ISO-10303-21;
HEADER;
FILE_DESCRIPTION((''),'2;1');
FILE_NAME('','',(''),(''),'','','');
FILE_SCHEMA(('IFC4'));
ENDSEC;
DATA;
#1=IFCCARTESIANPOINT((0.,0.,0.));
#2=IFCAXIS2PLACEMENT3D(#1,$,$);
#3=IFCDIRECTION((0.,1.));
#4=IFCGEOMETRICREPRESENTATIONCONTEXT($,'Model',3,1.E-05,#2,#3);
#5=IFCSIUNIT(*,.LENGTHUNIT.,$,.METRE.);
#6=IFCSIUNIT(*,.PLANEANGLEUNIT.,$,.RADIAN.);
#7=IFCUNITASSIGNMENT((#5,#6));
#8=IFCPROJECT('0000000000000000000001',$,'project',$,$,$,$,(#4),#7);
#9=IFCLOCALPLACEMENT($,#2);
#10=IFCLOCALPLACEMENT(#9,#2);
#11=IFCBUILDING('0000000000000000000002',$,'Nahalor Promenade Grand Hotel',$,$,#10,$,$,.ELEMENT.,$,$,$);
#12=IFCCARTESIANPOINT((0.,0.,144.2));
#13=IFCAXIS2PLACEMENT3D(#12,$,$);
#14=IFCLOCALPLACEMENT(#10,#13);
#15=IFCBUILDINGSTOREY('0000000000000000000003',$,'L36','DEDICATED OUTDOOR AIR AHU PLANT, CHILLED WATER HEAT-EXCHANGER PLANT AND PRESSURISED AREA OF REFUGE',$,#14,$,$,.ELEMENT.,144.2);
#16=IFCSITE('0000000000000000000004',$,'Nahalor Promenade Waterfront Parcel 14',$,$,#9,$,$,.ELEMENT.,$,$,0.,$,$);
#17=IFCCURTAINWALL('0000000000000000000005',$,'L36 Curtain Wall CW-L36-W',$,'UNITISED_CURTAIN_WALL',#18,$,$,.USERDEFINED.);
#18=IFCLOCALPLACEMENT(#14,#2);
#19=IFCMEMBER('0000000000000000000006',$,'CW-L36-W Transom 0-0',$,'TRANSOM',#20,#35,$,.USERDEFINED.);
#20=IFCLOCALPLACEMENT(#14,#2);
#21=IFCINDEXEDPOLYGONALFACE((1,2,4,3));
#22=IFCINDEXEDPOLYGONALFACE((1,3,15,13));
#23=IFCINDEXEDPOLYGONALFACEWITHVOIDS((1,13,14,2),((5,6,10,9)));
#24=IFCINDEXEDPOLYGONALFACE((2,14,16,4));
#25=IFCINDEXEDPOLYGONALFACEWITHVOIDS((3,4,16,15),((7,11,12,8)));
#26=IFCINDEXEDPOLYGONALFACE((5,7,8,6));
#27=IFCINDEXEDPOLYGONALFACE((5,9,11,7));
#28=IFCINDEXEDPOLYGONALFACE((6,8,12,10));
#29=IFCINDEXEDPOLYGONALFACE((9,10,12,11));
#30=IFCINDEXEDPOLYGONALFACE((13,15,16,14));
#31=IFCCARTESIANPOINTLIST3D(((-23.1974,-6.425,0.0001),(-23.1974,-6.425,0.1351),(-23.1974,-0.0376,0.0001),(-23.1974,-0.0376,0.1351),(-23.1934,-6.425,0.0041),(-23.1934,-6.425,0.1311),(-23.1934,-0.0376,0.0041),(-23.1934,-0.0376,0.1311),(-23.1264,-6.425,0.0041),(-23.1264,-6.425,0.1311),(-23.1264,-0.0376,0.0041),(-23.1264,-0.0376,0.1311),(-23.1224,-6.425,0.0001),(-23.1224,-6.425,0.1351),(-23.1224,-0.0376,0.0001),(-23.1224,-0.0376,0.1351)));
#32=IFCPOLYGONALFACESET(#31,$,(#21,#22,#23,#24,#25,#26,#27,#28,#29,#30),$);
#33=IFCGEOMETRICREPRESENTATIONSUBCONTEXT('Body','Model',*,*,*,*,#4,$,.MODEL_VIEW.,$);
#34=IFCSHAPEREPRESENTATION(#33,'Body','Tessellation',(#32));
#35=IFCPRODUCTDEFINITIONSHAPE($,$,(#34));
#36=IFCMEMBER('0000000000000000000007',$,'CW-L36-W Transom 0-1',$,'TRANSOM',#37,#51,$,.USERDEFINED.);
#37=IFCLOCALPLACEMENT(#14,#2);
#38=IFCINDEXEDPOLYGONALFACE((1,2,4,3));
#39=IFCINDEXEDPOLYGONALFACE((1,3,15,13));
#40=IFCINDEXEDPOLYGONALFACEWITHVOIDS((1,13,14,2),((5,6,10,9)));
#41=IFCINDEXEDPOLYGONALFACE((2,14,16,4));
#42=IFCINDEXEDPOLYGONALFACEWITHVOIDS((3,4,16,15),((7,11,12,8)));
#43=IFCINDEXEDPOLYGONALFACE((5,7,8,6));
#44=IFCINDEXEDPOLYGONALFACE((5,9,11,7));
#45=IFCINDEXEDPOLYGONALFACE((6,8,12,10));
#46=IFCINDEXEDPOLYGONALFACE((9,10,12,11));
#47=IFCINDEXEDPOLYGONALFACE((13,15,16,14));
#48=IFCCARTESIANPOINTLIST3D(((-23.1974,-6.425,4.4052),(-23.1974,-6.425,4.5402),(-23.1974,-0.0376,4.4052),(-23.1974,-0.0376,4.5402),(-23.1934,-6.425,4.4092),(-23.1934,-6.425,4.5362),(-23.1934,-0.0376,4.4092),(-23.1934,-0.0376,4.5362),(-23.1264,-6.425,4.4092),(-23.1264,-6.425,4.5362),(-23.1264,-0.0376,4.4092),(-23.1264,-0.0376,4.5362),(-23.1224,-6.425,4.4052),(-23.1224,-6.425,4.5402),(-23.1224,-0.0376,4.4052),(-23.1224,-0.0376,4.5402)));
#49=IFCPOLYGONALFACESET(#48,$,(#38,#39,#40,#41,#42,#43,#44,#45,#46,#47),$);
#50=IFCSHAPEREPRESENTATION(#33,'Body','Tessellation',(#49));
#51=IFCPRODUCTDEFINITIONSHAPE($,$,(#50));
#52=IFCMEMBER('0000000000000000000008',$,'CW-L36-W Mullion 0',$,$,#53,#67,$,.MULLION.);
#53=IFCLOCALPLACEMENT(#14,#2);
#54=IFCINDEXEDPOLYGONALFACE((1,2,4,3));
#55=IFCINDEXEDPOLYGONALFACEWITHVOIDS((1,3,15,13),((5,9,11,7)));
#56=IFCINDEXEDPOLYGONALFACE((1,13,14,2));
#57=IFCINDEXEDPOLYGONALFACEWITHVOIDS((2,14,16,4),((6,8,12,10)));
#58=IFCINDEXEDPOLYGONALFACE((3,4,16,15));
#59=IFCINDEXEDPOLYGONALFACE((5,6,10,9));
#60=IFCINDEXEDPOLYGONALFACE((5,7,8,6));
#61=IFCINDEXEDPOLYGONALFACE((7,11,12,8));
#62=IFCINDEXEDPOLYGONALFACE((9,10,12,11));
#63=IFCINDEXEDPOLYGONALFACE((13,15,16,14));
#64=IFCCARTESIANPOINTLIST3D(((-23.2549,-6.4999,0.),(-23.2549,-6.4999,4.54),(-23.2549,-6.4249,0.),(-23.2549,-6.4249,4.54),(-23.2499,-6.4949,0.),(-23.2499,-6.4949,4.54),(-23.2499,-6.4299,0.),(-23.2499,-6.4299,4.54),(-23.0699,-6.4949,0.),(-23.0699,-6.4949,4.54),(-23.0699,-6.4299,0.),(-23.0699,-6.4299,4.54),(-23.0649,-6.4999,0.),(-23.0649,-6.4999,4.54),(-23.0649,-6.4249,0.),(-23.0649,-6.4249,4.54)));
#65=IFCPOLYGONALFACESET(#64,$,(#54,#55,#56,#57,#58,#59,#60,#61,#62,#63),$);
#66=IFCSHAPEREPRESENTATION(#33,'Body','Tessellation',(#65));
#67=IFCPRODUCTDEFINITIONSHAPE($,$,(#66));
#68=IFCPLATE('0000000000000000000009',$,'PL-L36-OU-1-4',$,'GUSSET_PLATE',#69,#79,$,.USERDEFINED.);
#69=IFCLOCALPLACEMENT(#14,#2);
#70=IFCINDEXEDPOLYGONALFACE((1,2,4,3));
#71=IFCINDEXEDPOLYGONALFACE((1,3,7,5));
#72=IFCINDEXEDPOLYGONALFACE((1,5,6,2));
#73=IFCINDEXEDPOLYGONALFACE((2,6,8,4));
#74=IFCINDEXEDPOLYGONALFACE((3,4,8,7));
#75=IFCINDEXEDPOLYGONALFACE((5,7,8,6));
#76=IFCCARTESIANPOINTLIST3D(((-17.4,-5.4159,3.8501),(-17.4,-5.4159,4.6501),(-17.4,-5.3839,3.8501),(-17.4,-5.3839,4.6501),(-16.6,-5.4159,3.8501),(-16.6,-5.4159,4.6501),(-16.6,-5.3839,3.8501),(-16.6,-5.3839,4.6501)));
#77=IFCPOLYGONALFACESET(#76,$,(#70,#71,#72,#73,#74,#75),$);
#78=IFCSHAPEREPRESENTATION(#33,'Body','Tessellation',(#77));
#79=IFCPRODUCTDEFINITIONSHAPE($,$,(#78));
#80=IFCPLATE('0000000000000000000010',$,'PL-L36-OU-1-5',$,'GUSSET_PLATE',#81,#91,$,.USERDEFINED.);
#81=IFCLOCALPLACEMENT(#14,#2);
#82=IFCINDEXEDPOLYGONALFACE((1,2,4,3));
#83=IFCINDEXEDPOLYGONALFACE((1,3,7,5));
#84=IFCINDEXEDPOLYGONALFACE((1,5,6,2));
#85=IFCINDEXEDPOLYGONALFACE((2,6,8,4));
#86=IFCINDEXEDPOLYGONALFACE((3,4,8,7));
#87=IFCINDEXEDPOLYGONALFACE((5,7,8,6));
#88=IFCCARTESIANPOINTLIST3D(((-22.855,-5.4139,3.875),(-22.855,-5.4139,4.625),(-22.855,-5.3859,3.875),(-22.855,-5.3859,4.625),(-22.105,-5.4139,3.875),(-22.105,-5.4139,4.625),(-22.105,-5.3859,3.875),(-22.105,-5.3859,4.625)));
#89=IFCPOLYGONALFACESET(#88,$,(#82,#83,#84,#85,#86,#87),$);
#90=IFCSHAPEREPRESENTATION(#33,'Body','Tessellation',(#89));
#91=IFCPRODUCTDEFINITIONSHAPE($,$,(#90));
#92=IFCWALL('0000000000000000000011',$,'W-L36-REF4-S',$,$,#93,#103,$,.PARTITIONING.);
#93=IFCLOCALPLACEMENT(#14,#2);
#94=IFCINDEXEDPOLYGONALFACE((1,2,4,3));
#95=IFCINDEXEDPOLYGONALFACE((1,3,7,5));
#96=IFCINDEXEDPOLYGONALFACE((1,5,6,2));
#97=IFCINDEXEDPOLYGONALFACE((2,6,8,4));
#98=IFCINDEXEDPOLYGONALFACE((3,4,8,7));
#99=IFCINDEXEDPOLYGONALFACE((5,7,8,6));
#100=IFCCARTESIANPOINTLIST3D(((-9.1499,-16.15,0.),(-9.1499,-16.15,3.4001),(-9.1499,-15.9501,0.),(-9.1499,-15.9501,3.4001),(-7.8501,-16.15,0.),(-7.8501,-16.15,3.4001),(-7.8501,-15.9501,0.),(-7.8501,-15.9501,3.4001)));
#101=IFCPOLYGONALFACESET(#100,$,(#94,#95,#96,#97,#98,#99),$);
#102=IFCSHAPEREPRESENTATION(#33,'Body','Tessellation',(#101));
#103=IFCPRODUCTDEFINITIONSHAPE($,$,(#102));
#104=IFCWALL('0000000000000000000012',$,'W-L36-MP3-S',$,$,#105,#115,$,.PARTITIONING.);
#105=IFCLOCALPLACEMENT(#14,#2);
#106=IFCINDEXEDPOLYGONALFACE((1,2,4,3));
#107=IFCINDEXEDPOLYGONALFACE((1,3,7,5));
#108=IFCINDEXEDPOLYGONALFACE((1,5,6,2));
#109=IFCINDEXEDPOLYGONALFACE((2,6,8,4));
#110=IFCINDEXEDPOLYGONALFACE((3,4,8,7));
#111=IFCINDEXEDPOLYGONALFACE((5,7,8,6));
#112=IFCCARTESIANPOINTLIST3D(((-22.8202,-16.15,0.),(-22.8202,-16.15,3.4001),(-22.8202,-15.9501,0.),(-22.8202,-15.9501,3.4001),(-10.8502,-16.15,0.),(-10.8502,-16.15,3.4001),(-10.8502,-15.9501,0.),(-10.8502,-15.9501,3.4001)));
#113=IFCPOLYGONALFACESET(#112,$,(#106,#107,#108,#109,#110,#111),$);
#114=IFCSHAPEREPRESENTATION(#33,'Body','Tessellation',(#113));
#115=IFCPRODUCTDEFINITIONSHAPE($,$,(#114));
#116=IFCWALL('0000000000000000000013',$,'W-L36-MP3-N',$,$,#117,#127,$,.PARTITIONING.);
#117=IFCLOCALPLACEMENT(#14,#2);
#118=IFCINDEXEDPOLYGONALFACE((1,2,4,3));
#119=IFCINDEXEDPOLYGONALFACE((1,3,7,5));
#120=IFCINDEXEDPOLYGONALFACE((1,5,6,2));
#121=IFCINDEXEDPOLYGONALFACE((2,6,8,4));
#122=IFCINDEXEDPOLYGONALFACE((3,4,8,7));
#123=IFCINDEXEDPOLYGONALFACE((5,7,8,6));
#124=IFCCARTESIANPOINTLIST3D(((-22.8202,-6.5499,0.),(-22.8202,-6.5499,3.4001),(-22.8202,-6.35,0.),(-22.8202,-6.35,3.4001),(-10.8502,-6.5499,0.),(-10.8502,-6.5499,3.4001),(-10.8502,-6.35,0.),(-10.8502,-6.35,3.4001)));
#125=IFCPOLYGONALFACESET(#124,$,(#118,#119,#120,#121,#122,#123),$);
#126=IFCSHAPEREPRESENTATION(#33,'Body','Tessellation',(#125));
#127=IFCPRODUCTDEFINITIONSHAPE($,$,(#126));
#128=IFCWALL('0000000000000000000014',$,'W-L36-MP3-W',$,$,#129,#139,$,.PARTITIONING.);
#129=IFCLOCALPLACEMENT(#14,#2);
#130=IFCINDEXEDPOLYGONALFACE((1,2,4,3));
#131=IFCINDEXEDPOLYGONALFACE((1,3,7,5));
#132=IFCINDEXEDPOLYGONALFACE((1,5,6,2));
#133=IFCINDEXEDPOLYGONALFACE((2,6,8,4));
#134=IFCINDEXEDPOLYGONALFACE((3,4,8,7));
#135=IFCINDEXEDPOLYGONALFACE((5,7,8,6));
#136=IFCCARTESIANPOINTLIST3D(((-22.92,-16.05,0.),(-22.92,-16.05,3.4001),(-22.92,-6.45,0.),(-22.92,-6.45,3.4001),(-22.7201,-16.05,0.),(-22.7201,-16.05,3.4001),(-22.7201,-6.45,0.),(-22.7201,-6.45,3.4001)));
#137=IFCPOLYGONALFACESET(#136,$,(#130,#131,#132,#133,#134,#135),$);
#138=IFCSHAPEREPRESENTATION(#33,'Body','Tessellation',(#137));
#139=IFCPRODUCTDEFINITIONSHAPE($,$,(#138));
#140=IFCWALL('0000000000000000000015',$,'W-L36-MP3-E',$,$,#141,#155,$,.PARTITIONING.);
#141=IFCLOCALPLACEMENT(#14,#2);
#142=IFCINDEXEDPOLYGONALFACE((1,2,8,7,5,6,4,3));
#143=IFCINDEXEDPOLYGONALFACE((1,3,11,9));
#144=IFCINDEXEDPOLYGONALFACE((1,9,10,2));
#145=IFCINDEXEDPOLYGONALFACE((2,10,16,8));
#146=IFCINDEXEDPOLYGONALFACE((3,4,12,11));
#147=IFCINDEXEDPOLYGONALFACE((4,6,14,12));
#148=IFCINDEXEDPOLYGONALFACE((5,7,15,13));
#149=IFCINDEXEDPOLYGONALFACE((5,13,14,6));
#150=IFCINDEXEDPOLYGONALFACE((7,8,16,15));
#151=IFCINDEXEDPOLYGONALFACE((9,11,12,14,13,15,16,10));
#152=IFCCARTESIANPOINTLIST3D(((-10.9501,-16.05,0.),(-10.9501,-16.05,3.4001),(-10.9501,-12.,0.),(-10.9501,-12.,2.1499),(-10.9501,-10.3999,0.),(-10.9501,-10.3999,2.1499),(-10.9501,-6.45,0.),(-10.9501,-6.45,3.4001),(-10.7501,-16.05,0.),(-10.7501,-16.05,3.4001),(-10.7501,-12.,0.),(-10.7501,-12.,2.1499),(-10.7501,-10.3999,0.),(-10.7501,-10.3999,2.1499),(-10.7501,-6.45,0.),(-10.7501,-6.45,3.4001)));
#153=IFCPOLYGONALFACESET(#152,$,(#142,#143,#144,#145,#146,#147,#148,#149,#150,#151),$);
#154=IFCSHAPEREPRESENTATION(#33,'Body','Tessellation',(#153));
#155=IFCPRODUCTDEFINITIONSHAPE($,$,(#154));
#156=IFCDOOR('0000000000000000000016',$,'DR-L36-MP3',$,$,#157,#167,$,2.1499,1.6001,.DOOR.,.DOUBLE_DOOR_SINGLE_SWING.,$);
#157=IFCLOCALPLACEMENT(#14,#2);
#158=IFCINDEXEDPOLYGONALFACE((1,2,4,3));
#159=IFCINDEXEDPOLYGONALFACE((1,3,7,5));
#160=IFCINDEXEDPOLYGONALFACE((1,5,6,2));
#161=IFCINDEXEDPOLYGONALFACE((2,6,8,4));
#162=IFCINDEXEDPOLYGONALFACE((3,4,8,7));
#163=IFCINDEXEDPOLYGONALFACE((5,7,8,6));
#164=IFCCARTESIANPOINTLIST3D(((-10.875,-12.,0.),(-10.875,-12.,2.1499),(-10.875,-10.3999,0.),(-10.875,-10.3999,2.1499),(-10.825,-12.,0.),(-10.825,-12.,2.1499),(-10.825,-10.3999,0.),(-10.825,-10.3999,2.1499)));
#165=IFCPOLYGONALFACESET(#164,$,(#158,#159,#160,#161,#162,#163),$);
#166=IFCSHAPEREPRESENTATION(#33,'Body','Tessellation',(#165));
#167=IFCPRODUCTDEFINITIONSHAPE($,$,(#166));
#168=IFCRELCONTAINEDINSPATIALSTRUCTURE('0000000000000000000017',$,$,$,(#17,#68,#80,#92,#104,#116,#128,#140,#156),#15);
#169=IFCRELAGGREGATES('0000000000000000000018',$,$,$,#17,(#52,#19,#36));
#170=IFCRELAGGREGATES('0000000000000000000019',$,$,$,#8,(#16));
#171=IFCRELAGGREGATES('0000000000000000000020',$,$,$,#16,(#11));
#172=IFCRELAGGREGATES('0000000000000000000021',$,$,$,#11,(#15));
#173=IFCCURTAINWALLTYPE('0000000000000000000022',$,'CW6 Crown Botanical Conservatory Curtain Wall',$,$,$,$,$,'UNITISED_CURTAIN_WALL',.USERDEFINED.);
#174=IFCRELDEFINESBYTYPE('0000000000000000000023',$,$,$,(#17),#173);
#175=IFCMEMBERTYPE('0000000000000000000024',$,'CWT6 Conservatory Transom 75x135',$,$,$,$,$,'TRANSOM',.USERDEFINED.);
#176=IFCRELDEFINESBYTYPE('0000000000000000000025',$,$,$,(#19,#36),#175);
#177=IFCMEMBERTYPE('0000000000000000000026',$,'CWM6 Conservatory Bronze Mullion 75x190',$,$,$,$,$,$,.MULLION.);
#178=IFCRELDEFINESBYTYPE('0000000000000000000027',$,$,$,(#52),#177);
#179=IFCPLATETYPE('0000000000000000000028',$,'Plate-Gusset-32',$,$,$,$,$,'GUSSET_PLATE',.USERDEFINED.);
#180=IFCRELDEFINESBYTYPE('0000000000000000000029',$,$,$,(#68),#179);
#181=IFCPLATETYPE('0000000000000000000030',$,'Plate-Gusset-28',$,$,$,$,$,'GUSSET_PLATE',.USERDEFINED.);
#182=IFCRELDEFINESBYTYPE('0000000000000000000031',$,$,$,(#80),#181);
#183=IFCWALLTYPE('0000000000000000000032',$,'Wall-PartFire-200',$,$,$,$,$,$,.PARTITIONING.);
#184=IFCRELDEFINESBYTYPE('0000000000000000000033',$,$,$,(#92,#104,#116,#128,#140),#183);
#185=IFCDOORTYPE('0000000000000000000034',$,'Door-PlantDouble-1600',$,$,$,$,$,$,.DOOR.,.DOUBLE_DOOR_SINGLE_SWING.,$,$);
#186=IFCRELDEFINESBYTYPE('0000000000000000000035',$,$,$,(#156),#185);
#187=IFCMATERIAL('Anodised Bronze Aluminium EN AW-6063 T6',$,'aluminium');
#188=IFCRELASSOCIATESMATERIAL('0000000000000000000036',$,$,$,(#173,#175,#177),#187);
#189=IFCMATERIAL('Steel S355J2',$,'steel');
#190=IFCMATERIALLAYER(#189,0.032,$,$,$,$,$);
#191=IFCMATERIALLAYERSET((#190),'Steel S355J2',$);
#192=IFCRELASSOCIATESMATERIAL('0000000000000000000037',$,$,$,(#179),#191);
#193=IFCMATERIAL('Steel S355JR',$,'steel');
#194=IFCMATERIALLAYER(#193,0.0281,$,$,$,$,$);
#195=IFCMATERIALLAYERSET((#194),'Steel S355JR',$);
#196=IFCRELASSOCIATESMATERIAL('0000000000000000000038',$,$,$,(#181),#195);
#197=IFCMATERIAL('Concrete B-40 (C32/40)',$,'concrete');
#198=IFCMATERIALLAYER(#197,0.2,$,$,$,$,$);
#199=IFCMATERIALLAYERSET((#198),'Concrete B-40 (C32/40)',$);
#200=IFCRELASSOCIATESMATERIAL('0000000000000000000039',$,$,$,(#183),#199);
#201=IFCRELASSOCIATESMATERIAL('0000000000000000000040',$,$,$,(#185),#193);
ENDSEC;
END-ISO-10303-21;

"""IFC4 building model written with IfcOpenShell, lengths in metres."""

from ifc_helpers import new_model, si_unit, direction, frame, frame_2d, origin, origin_2d, place, context, subcontext, project, spatial, rectangle, hollow_rectangle, extrude, source, transform, mapped, material, layer, layer_set, material_profile, profile_set, type_object, element, fill, aggregate, save


model = new_model("IFC4")

# Units and contexts
model_context = context("Model", 3, precision=1e-05, world=origin(), true_north=direction((0.0, 1.0)))
body_context = subcontext(model_context, "Body", "Model", "MODEL_VIEW")
ifc_project = project(units=[si_unit("LENGTHUNIT", "METRE"), si_unit("PLANEANGLEUNIT", "RADIAN")], contexts=[model_context])

# Site, building, storey
site_placement = place(None, origin())
site = spatial("IfcSite", under=ifc_project, at=site_placement, Name="Nahalor Promenade Waterfront Parcel 14", CompositionType="ELEMENT", RefElevation=0.0)
building_placement = place(site_placement, origin())
building = spatial("IfcBuilding", under=site, at=building_placement, Name="Nahalor Promenade Grand Hotel", CompositionType="ELEMENT")
storey_placement = place(building_placement, frame((0.0, 0.0, 144.2)))
storey = spatial("IfcBuildingStorey", under=building, at=storey_placement, Name="L36", Description="DEDICATED OUTDOOR AIR AHU PLANT, CHILLED WATER HEAT-EXCHANGER PLANT AND PRESSURISED AREA OF REFUGE", CompositionType="ELEMENT", Elevation=144.2)

# Shared definitions
ifc_material_1 = material(Name="Steel S355J2", Category="steel")

# Shared definitions
ifc_material_2 = material(Name="Steel S355JR", Category="steel")

# Curtain wall, members
ifc_material_3 = material(Name="Anodised Bronze Aluminium EN AW-6063 T6", Category="aluminium")
curtain_wall_type = type_object("IfcCurtainWallType", Name="CW6 Crown Botanical Conservatory Curtain Wall", ElementType="UNITISED_CURTAIN_WALL", PredefinedType="USERDEFINED", material=ifc_material_3)
curtain_wall_placement = place(storey_placement, origin())
curtain_wall = element("IfcCurtainWall", 1, at=curtain_wall_placement, inside=storey, type_object=curtain_wall_type, Name="L36 Curtain Wall CW-L36-W", ObjectType="UNITISED_CURTAIN_WALL", PredefinedType="USERDEFINED")
ifc_material_profile_1 = material_profile(ifc_material_3, hollow_rectangle(XDim=0.075, YDim=0.135, WallThickness=0.004, at=origin_2d()), Name="CWT 75x135x4")
ifc_profile_set_1 = profile_set([ifc_material_profile_1], Name="Anodised Bronze Aluminium EN AW-6063 T6")
member_type_1 = type_object("IfcMemberType", Name="CWT6 Conservatory Transom 75x135", ElementType="TRANSOM", PredefinedType="USERDEFINED", material=ifc_profile_set_1)
shared_shape_1 = source(origin(), body_context, "Body", "SweptSolid", [
    extrude(hollow_rectangle(XDim=0.075, YDim=0.135, WallThickness=0.004, at=origin_2d()), origin(), (0.0, 0.0, 1.0), 6.3875),
])
member_1_placement = place(storey_placement, frame((-23.1599, -6.425, 0.0676), z_axis=(0.0, 1.0, 0.0), x_axis=(-1.0, 0.0, 0.0)))
member_1 = element("IfcMember", 2, at=member_1_placement, type_object=member_type_1, Name="CW-L36-W Transom 0-0", ObjectType="TRANSOM", PredefinedType="USERDEFINED", context=body_context, shape_type="MappedRepresentation", body=[
    mapped(shared_shape_1, transform((0.0, 0.0, 0.0), scale=1.0)),
])
member_2_placement = place(storey_placement, frame((-23.1599, -6.425, 4.4727), z_axis=(0.0, 1.0, 0.0), x_axis=(-1.0, 0.0, 0.0)))
member_2 = element("IfcMember", 3, at=member_2_placement, type_object=member_type_1, Name="CW-L36-W Transom 0-1", ObjectType="TRANSOM", PredefinedType="USERDEFINED", context=body_context, shape_type="MappedRepresentation", body=[
    mapped(shared_shape_1, transform((0.0, 0.0, 0.0), scale=1.0)),
])
ifc_material_profile_2 = material_profile(ifc_material_3, hollow_rectangle(XDim=0.075, YDim=0.19, WallThickness=0.005, at=origin_2d()), Name="CWM 75x190x5")
ifc_profile_set_2 = profile_set([ifc_material_profile_2], Name="Anodised Bronze Aluminium EN AW-6063 T6")
member_type_2 = type_object("IfcMemberType", Name="CWM6 Conservatory Bronze Mullion 75x190", PredefinedType="MULLION", material=ifc_profile_set_2)
shared_shape_2 = source(origin(), body_context, "Body", "SweptSolid", [
    extrude(hollow_rectangle(XDim=0.075, YDim=0.19, WallThickness=0.005, at=origin_2d()), origin(), (0.0, 0.0, 1.0), 4.54),
])
member_3_placement = place(storey_placement, frame((-23.1599, -6.4624, 0.0), z_axis=(0.0, 0.0, 1.0), x_axis=(0.0, 1.0, 0.0)))
member_3 = element("IfcMember", 4, at=member_3_placement, type_object=member_type_2, Name="CW-L36-W Mullion 0", PredefinedType="MULLION", context=body_context, shape_type="MappedRepresentation", body=[
    mapped(shared_shape_2, transform((0.0, 0.0, 0.0), scale=1.0)),
])
aggregate(curtain_wall, [member_3, member_1, member_2])

# Plates
ifc_layer_1 = layer(ifc_material_1, 0.032)
ifc_layer_set_1 = layer_set([ifc_layer_1], Name="Steel S355J2")
plate_type_1 = type_object("IfcPlateType", Name="Plate-Gusset-32", ElementType="GUSSET_PLATE", PredefinedType="USERDEFINED", material=ifc_layer_set_1)
shared_shape_3 = source(origin(), body_context, "Body", "SweptSolid", [
    extrude(rectangle(XDim=0.8, YDim=0.032, at=origin_2d()), origin(), (0.0, 0.0, 1.0), 0.8),
])
plate_1_placement = place(storey_placement, frame((-17.0, -5.3999, 3.8501), z_axis=(0.0, 0.0, 1.0), x_axis=(1.0, 0.0, 0.0)))
element("IfcPlate", 5, at=plate_1_placement, inside=storey, type_object=plate_type_1, Name="PL-L36-OU-1-4", ObjectType="GUSSET_PLATE", PredefinedType="USERDEFINED", context=body_context, shape_type="MappedRepresentation", body=[
    mapped(shared_shape_3, transform((0.0, 0.0, 0.0), scale=1.0)),
])
ifc_layer_2 = layer(ifc_material_2, 0.0281)
ifc_layer_set_2 = layer_set([ifc_layer_2], Name="Steel S355JR")
plate_type_2 = type_object("IfcPlateType", Name="Plate-Gusset-28", ElementType="GUSSET_PLATE", PredefinedType="USERDEFINED", material=ifc_layer_set_2)
shared_shape_4 = source(origin(), body_context, "Body", "SweptSolid", [
    extrude(rectangle(XDim=0.75, YDim=0.0281, at=origin_2d()), origin(), (0.0, 0.0, 1.0), 0.75),
])
plate_2_placement = place(storey_placement, frame((-22.48, -5.3999, 3.875), z_axis=(0.0, 0.0, 1.0), x_axis=(1.0, 0.0, 0.0)))
element("IfcPlate", 6, at=plate_2_placement, inside=storey, type_object=plate_type_2, Name="PL-L36-OU-1-5", ObjectType="GUSSET_PLATE", PredefinedType="USERDEFINED", context=body_context, shape_type="MappedRepresentation", body=[
    mapped(shared_shape_4, transform((0.0, 0.0, 0.0), scale=1.0)),
])

# Walls
ifc_material_4 = material(Name="Concrete B-40 (C32/40)", Category="concrete")
ifc_layer_3 = layer(ifc_material_4, 0.2)
ifc_layer_set_3 = layer_set([ifc_layer_3], Name="Concrete B-40 (C32/40)")
wall_type = type_object("IfcWallType", Name="Wall-PartFire-200", PredefinedType="PARTITIONING", material=ifc_layer_set_3)
shared_shape_5 = source(origin(), body_context, "Body", "SweptSolid", [
    extrude(rectangle(XDim=1.2998, YDim=0.2, at=frame_2d((0.6499, 0.0))), origin(), (0.0, 0.0, 1.0), 3.4001),
])
wall_1_placement = place(storey_placement, frame((-9.1499, -16.05, 0.0), z_axis=(0.0, 0.0, 1.0), x_axis=(1.0, 0.0, 0.0)))
element("IfcWall", 7, at=wall_1_placement, inside=storey, type_object=wall_type, Name="W-L36-REF4-S", PredefinedType="PARTITIONING", context=body_context, shape_type="MappedRepresentation", body=[
    mapped(shared_shape_5, transform((0.0, 0.0, 0.0), scale=1.0)),
])
shared_shape_6 = source(origin(), body_context, "Body", "SweptSolid", [
    extrude(rectangle(XDim=11.97, YDim=0.2, at=frame_2d((5.9849, 0.0))), origin(), (0.0, 0.0, 1.0), 3.4001),
])
for number, where, z_axis, x_axis, name in (
    (8, (-22.8201, -16.05, 0.0), (0.0, 0.0, 1.0), (1.0, 0.0, 0.0), "W-L36-MP3-S"),
    (9, (-22.8201, -6.45, 0.0), (0.0, 0.0, 1.0), (1.0, 0.0, 0.0), "W-L36-MP3-N"),
):
    element("IfcWall", number, at=place(storey_placement, frame(where, z_axis=z_axis, x_axis=x_axis)), inside=storey, type_object=wall_type, Name=name, PredefinedType="PARTITIONING", context=body_context, shape_type="MappedRepresentation", body=[
        mapped(shared_shape_6, transform((0.0, 0.0, 0.0), scale=1.0)),
    ])
shared_shape_7 = source(origin(), body_context, "Body", "SweptSolid", [
    extrude(rectangle(XDim=9.6001, YDim=0.2, at=frame_2d((4.8, 0.0))), origin(), (0.0, 0.0, 1.0), 3.4001),
])
wall_2_placement = place(storey_placement, frame((-22.8201, -16.05, 0.0), z_axis=(0.0, 0.0, 1.0), x_axis=(0.0, 1.0, 0.0)))
element("IfcWall", 10, at=wall_2_placement, inside=storey, type_object=wall_type, Name="W-L36-MP3-W", PredefinedType="PARTITIONING", context=body_context, shape_type="MappedRepresentation", body=[
    mapped(shared_shape_7, transform((0.0, 0.0, 0.0), scale=1.0)),
])

# Wall, opening, door
wall_3_placement = place(storey_placement, frame((-10.8501, -16.05, 0.0), z_axis=(0.0, 0.0, 1.0), x_axis=(0.0, 1.0, 0.0)))
wall_3 = element("IfcWall", 11, at=wall_3_placement, inside=storey, type_object=wall_type, Name="W-L36-MP3-E", PredefinedType="PARTITIONING", context=body_context, shape_type="MappedRepresentation", body=[
    mapped(shared_shape_7, transform((0.0, 0.0, 0.0), scale=1.0)),
])
opening_placement = place(wall_3_placement, frame((4.05, 0.0, 0.0)))
opening = element("IfcOpeningElement", 12, at=opening_placement, cuts=wall_3, PredefinedType="OPENING", context=body_context, shape_type="SweptSolid", body=[
    extrude(rectangle(XDim=1.6001, YDim=2.1499, at=frame_2d((0.8, 1.075))), frame((0.0, 0.1099, 0.0), z_axis=(0.0, -1.0, 0.0), x_axis=(1.0, 0.0, 0.0)), (0.0, 0.0, 1.0), 0.22),
])
door_type = type_object("IfcDoorType", Name="Door-PlantDouble-1600", OperationType="DOUBLE_DOOR_SINGLE_SWING", PredefinedType="DOOR", material=ifc_material_2)
shared_shape_8 = source(origin(), body_context, "Body", "SweptSolid", [
    extrude(rectangle(XDim=1.6001, YDim=2.1499, at=frame_2d((0.8, 1.075))), frame((0.0, 0.0249, 0.0), z_axis=(0.0, -1.0, 0.0), x_axis=(1.0, 0.0, 0.0)), (0.0, 0.0, 1.0), 0.05),
])
door_placement = place(opening_placement, origin())
door = element("IfcDoor", 13, at=door_placement, inside=storey, type_object=door_type, Name="DR-L36-MP3", OperationType="DOUBLE_DOOR_SINGLE_SWING", OverallHeight=2.1499, OverallWidth=1.6001, PredefinedType="DOOR", context=body_context, shape_type="MappedRepresentation", body=[
    mapped(shared_shape_8, transform((0.0, 0.0, 0.0), scale=1.0)),
])
fill(opening, door)

save(model, "model.ifc")
